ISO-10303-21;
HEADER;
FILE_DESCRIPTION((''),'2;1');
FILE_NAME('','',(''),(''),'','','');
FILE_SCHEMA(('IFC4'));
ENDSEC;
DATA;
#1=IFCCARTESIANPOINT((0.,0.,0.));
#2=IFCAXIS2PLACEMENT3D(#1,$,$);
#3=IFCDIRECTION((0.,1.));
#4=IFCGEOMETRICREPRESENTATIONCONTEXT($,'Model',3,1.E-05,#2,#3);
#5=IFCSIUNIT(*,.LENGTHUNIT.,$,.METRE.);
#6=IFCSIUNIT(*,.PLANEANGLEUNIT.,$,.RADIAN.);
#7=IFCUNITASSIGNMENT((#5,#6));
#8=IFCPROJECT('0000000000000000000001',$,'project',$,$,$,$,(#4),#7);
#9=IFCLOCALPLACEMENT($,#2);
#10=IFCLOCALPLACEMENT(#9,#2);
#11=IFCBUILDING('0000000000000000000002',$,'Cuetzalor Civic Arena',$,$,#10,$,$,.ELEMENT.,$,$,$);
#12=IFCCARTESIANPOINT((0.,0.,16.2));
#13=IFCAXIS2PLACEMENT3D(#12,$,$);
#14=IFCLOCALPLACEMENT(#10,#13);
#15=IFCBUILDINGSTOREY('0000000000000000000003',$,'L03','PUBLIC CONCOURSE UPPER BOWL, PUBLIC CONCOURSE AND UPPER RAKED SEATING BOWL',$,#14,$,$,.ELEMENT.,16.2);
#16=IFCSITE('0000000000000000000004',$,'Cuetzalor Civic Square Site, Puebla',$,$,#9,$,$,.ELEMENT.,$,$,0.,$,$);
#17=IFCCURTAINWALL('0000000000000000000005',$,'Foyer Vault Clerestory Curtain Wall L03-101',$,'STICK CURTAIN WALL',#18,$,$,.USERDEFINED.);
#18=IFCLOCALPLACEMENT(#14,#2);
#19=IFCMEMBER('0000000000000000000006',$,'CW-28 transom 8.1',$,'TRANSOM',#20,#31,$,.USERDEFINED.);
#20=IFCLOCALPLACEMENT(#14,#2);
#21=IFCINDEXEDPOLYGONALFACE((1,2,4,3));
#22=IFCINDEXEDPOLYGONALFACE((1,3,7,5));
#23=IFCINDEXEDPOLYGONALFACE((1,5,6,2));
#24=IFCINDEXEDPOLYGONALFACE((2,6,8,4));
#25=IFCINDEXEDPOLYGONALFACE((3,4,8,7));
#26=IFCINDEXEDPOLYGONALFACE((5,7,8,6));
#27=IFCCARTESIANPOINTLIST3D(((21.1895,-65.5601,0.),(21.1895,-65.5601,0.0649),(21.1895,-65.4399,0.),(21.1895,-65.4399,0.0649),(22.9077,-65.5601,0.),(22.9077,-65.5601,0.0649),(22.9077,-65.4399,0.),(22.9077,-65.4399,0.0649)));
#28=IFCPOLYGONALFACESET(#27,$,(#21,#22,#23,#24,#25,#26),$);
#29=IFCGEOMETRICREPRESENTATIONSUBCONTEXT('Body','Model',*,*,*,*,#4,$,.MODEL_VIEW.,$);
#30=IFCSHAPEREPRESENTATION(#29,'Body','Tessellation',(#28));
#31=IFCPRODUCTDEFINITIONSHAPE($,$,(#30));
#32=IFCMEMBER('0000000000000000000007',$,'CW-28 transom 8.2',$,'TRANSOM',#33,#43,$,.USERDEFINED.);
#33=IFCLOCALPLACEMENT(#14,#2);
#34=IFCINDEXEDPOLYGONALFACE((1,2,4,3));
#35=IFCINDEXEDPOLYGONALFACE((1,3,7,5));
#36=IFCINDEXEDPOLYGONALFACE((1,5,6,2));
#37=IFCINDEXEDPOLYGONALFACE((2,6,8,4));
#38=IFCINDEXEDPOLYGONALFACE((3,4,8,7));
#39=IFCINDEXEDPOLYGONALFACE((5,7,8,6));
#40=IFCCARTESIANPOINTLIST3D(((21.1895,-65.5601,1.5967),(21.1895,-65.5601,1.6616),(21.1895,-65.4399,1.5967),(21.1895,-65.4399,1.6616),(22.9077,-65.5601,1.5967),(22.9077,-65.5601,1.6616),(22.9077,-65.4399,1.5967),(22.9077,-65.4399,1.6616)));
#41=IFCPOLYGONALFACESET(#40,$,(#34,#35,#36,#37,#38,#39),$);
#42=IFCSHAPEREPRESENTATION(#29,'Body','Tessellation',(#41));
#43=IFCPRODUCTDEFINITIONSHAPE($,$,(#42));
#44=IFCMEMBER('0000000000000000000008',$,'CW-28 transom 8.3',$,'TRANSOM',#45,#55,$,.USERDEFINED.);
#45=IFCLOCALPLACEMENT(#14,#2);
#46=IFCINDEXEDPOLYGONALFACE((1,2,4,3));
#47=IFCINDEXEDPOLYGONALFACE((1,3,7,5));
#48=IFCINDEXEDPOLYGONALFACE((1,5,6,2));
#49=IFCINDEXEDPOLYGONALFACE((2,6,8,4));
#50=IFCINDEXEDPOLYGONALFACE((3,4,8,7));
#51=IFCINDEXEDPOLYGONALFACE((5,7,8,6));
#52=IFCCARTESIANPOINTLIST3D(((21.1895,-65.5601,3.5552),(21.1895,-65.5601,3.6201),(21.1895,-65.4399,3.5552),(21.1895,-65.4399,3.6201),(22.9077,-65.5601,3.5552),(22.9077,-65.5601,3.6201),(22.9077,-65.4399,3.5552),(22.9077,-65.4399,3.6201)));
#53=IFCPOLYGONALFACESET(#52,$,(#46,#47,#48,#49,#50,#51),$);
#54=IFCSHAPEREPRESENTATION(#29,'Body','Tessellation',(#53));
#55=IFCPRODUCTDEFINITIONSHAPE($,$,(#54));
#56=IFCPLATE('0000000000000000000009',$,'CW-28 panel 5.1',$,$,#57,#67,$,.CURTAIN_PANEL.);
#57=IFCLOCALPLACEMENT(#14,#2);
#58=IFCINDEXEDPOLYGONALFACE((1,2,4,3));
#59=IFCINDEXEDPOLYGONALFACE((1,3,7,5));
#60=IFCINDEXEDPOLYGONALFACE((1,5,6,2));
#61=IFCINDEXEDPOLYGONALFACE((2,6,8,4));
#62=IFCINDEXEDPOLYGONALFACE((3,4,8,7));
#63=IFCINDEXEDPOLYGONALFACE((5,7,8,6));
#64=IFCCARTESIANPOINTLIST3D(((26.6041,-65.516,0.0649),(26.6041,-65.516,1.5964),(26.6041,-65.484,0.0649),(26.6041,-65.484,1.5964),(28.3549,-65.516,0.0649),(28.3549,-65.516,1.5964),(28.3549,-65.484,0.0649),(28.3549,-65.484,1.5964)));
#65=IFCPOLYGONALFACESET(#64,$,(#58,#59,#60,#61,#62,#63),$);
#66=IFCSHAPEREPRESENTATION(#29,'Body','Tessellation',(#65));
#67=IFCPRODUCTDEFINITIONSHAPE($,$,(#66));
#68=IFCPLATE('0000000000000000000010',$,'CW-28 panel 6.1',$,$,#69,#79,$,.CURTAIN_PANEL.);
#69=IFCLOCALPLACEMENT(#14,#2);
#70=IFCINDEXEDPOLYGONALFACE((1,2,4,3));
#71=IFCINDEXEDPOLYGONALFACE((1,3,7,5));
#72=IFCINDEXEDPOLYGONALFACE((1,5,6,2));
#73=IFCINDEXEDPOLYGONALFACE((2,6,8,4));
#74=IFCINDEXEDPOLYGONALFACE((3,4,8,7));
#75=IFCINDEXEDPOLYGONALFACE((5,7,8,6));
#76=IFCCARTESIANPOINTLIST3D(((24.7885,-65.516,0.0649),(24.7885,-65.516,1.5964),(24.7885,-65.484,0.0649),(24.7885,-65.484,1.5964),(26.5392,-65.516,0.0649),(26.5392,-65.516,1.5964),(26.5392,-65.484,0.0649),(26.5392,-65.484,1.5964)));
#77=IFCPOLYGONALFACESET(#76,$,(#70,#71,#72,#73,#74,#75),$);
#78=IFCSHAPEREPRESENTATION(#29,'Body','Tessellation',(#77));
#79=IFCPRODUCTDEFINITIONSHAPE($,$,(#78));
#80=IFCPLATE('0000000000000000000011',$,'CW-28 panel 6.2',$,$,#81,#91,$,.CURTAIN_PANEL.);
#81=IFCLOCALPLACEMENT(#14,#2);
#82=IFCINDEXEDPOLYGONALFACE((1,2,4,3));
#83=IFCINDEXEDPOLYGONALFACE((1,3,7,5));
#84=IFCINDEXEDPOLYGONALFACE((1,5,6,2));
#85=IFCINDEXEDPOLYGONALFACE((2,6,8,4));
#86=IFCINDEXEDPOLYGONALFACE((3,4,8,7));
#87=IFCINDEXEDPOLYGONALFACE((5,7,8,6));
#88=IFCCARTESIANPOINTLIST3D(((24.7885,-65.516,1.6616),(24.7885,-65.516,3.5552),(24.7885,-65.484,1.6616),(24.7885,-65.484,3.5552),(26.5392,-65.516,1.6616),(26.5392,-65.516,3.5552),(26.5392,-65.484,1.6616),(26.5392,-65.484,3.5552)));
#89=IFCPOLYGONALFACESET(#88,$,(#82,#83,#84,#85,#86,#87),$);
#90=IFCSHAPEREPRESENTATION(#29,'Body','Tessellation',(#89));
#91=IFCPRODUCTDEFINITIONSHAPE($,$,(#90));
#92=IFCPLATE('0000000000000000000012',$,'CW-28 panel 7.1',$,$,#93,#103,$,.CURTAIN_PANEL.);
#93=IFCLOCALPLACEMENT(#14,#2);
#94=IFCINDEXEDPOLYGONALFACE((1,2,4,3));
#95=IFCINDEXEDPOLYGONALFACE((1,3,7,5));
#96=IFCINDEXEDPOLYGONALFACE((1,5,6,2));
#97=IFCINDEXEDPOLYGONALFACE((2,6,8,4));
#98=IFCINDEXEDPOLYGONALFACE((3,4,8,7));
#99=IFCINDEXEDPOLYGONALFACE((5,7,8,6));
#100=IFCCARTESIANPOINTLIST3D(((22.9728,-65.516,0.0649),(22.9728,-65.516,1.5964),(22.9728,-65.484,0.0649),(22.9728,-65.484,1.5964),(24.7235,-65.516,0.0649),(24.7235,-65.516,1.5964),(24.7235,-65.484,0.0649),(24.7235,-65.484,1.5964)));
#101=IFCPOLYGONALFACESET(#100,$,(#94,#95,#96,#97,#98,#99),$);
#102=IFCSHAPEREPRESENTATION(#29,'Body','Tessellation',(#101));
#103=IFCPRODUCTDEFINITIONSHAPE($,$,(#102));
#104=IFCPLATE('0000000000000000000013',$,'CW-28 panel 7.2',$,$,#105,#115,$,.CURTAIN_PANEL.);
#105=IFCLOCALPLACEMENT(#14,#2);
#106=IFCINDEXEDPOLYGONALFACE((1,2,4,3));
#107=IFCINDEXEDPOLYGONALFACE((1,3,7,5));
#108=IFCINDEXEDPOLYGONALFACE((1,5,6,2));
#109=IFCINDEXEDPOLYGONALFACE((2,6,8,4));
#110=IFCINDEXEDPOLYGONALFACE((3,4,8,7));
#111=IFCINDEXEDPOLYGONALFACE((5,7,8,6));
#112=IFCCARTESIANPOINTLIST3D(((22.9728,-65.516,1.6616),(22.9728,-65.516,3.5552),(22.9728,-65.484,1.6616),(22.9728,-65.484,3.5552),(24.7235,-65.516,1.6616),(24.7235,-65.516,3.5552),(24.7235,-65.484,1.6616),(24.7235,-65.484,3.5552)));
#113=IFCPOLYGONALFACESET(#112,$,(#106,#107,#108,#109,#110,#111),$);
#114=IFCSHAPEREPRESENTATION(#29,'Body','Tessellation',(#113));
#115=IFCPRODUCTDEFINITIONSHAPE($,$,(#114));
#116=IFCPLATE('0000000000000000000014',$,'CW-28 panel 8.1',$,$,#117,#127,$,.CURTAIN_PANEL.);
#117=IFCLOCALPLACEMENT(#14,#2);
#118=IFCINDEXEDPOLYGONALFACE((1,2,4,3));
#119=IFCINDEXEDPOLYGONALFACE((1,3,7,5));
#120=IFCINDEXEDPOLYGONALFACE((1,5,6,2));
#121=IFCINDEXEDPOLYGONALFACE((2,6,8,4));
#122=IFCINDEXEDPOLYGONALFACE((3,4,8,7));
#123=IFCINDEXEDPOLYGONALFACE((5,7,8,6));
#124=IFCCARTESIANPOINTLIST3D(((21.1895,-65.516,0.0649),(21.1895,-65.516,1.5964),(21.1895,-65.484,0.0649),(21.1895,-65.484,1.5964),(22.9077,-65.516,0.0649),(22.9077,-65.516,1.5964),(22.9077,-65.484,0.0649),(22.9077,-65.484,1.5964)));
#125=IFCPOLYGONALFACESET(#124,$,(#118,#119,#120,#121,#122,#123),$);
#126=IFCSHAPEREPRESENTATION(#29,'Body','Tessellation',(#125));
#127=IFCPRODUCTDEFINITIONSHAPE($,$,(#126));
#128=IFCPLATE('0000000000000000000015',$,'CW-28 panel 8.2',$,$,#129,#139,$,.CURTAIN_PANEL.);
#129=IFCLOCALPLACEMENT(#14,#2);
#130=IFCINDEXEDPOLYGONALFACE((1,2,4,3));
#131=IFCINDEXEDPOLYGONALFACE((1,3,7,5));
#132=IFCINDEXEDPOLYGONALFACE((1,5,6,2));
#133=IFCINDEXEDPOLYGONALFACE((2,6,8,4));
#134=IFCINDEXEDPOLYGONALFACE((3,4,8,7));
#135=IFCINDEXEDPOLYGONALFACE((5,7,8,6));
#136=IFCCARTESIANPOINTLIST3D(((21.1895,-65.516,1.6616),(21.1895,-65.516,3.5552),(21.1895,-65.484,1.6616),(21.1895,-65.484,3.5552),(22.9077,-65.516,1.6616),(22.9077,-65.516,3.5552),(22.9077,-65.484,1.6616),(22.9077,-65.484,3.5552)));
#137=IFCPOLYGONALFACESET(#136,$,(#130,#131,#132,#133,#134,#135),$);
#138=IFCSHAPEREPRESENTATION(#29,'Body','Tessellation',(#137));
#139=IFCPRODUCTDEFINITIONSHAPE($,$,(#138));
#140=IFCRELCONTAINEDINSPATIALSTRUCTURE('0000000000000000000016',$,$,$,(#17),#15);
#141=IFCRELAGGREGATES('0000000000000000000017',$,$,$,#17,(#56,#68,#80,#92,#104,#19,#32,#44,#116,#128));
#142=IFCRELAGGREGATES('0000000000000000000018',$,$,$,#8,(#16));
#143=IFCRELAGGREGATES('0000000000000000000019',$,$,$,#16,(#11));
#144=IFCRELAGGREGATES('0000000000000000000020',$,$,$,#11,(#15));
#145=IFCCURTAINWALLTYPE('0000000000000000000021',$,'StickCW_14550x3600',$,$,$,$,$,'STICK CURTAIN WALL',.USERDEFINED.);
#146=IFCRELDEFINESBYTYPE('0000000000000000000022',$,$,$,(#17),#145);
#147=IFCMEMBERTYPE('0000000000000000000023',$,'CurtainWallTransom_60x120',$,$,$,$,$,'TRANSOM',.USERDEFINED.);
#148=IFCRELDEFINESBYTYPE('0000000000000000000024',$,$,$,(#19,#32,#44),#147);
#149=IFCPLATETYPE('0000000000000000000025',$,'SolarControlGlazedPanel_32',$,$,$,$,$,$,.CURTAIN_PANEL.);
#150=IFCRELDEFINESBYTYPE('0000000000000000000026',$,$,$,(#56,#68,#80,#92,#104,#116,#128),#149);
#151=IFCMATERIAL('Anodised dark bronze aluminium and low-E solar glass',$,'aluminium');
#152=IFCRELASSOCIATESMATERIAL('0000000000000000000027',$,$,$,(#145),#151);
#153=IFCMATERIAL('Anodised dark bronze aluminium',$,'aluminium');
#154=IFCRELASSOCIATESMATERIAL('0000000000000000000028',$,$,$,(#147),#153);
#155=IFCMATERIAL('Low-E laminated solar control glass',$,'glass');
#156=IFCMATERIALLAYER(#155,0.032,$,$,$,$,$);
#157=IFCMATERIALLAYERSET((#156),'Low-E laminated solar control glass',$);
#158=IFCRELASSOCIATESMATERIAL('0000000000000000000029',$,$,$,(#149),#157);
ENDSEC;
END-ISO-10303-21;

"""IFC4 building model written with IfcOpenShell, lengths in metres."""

from ifc_helpers import new_model, si_unit, direction, frame, origin, origin_2d, place, context, subcontext, project, spatial, rectangle, extrude, material, layer, layer_set, material_profile, profile_set, type_object, element, aggregate, save


model = new_model("IFC4")

# Units and contexts
model_context = context("Model", 3, precision=1e-05, world=origin(), true_north=direction((0.0, 1.0)))
body_context = subcontext(model_context, "Body", "Model", "MODEL_VIEW")
ifc_project = project(units=[si_unit("LENGTHUNIT", "METRE"), si_unit("PLANEANGLEUNIT", "RADIAN")], contexts=[model_context])

# Site, building, storey
site_placement = place(None, origin())
site = spatial("IfcSite", under=ifc_project, at=site_placement, Name="Cuetzalor Civic Square Site, Puebla", CompositionType="ELEMENT", RefElevation=0.0)
building_placement = place(site_placement, origin())
building = spatial("IfcBuilding", under=site, at=building_placement, Name="Cuetzalor Civic Arena", CompositionType="ELEMENT")
storey_placement = place(building_placement, frame((0.0, 0.0, 16.2)))
storey = spatial("IfcBuildingStorey", under=building, at=storey_placement, Name="L03", Description="PUBLIC CONCOURSE UPPER BOWL, PUBLIC CONCOURSE AND UPPER RAKED SEATING BOWL", CompositionType="ELEMENT", Elevation=16.2)

# Curtain wall, members, plates
ifc_material_1 = material(Name="Anodised dark bronze aluminium and low-E solar glass", Category="aluminium")
curtain_wall_type_1 = type_object("IfcCurtainWallType", Name="StickCW_14550x3600", ElementType="STICK CURTAIN WALL", PredefinedType="USERDEFINED", material=ifc_material_1)
curtain_wall_1_placement = place(storey_placement, origin())
curtain_wall_1 = element("IfcCurtainWall", 1, at=curtain_wall_1_placement, inside=storey, type_object=curtain_wall_type_1, Name="Foyer Vault Clerestory Curtain Wall L03-101", ObjectType="STICK CURTAIN WALL", PredefinedType="USERDEFINED")
ifc_material_2 = material(Name="Anodised dark bronze aluminium", Category="aluminium")
ifc_material_profile_1 = material_profile(ifc_material_2, rectangle(XDim=0.1201, YDim=0.0649, at=origin_2d()), Name="ALU TRANSOM 65x120")
ifc_profile_set_1 = profile_set([ifc_material_profile_1], Name="Anodised dark bronze aluminium")
member_type_1 = type_object("IfcMemberType", Name="CurtainWallTransom_60x120", ElementType="TRANSOM", PredefinedType="USERDEFINED", material=ifc_profile_set_1)
member_1_placement = place(storey_placement, frame((22.9077, -65.5, 0.0325), z_axis=(-1.0, 0.0, 0.0), x_axis=(0.0, -1.0, 0.0)))
member_1 = element("IfcMember", 2, at=member_1_placement, type_object=member_type_1, Name="CW-28 transom 8.1", ObjectType="TRANSOM", PredefinedType="USERDEFINED", context=body_context, shape_type="SweptSolid", body=[
    extrude(rectangle(XDim=0.1201, YDim=0.0649, at=origin_2d()), origin(), (0.0, 0.0, 1.0), 1.7183),
])
member_2_placement = place(storey_placement, frame((22.9077, -65.5, 1.6292), z_axis=(-1.0, 0.0, 0.0), x_axis=(0.0, -1.0, 0.0)))
member_2 = element("IfcMember", 3, at=member_2_placement, type_object=member_type_1, Name="CW-28 transom 8.2", ObjectType="TRANSOM", PredefinedType="USERDEFINED", context=body_context, shape_type="SweptSolid", body=[
    extrude(rectangle(XDim=0.1201, YDim=0.0649, at=origin_2d()), origin(), (0.0, 0.0, 1.0), 1.7183),
])
member_3_placement = place(storey_placement, frame((22.9077, -65.5, 3.5876), z_axis=(-1.0, 0.0, 0.0), x_axis=(0.0, -1.0, 0.0)))
member_3 = element("IfcMember", 4, at=member_3_placement, type_object=member_type_1, Name="CW-28 transom 8.3", ObjectType="TRANSOM", PredefinedType="USERDEFINED", context=body_context, shape_type="SweptSolid", body=[
    extrude(rectangle(XDim=0.1201, YDim=0.0649, at=origin_2d()), origin(), (0.0, 0.0, 1.0), 1.7183),
])
ifc_material_3 = material(Name="Low-E laminated solar control glass", Category="glass")
ifc_layer = layer(ifc_material_3, 0.032)
ifc_layer_set = layer_set([ifc_layer], Name="Low-E laminated solar control glass")
plate_type = type_object("IfcPlateType", Name="SolarControlGlazedPanel_32", PredefinedType="CURTAIN_PANEL", material=ifc_layer_set)
plate_1_placement = place(storey_placement, frame((27.4795, -65.5, 0.0649), z_axis=(0.0, 0.0, 1.0), x_axis=(-1.0, 0.0, 0.0)))
plate_1 = element("IfcPlate", 5, at=plate_1_placement, type_object=plate_type, Name="CW-28 panel 5.1", PredefinedType="CURTAIN_PANEL", context=body_context, shape_type="SweptSolid", body=[
    extrude(rectangle(XDim=1.7507, YDim=0.032, at=origin_2d()), origin(), (0.0, 0.0, 1.0), 1.5315),
])
plate_2_placement = place(storey_placement, frame((25.6638, -65.5, 0.0649), z_axis=(0.0, 0.0, 1.0), x_axis=(-1.0, 0.0, 0.0)))
plate_2 = element("IfcPlate", 6, at=plate_2_placement, type_object=plate_type, Name="CW-28 panel 6.1", PredefinedType="CURTAIN_PANEL", context=body_context, shape_type="SweptSolid", body=[
    extrude(rectangle(XDim=1.7507, YDim=0.032, at=origin_2d()), origin(), (0.0, 0.0, 1.0), 1.5315),
])
plate_3_placement = place(storey_placement, frame((25.6638, -65.5, 1.6616), z_axis=(0.0, 0.0, 1.0), x_axis=(-1.0, 0.0, 0.0)))
plate_3 = element("IfcPlate", 7, at=plate_3_placement, type_object=plate_type, Name="CW-28 panel 6.2", PredefinedType="CURTAIN_PANEL", context=body_context, shape_type="SweptSolid", body=[
    extrude(rectangle(XDim=1.7507, YDim=0.032, at=origin_2d()), origin(), (0.0, 0.0, 1.0), 1.8936),
])
plate_4_placement = place(storey_placement, frame((23.8481, -65.5, 0.0649), z_axis=(0.0, 0.0, 1.0), x_axis=(-1.0, 0.0, 0.0)))
plate_4 = element("IfcPlate", 8, at=plate_4_placement, type_object=plate_type, Name="CW-28 panel 7.1", PredefinedType="CURTAIN_PANEL", context=body_context, shape_type="SweptSolid", body=[
    extrude(rectangle(XDim=1.7507, YDim=0.032, at=origin_2d()), origin(), (0.0, 0.0, 1.0), 1.5315),
])
plate_5_placement = place(storey_placement, frame((23.8481, -65.5, 1.6616), z_axis=(0.0, 0.0, 1.0), x_axis=(-1.0, 0.0, 0.0)))
plate_5 = element("IfcPlate", 9, at=plate_5_placement, type_object=plate_type, Name="CW-28 panel 7.2", PredefinedType="CURTAIN_PANEL", context=body_context, shape_type="SweptSolid", body=[
    extrude(rectangle(XDim=1.7507, YDim=0.032, at=origin_2d()), origin(), (0.0, 0.0, 1.0), 1.8936),
])
plate_6_placement = place(storey_placement, frame((22.0486, -65.5, 0.0649), z_axis=(0.0, 0.0, 1.0), x_axis=(-1.0, 0.0, 0.0)))
plate_6 = element("IfcPlate", 10, at=plate_6_placement, type_object=plate_type, Name="CW-28 panel 8.1", PredefinedType="CURTAIN_PANEL", context=body_context, shape_type="SweptSolid", body=[
    extrude(rectangle(XDim=1.7183, YDim=0.032, at=origin_2d()), origin(), (0.0, 0.0, 1.0), 1.5315),
])
plate_7_placement = place(storey_placement, frame((22.0486, -65.5, 1.6616), z_axis=(0.0, 0.0, 1.0), x_axis=(-1.0, 0.0, 0.0)))
plate_7 = element("IfcPlate", 11, at=plate_7_placement, type_object=plate_type, Name="CW-28 panel 8.2", PredefinedType="CURTAIN_PANEL", context=body_context, shape_type="SweptSolid", body=[
    extrude(rectangle(XDim=1.7183, YDim=0.032, at=origin_2d()), origin(), (0.0, 0.0, 1.0), 1.8936),
])
aggregate(curtain_wall_1, [plate_1, plate_2, plate_3, plate_4, plate_5, member_1, member_2, member_3, plate_6, plate_7])

save(model, "model.ifc")
